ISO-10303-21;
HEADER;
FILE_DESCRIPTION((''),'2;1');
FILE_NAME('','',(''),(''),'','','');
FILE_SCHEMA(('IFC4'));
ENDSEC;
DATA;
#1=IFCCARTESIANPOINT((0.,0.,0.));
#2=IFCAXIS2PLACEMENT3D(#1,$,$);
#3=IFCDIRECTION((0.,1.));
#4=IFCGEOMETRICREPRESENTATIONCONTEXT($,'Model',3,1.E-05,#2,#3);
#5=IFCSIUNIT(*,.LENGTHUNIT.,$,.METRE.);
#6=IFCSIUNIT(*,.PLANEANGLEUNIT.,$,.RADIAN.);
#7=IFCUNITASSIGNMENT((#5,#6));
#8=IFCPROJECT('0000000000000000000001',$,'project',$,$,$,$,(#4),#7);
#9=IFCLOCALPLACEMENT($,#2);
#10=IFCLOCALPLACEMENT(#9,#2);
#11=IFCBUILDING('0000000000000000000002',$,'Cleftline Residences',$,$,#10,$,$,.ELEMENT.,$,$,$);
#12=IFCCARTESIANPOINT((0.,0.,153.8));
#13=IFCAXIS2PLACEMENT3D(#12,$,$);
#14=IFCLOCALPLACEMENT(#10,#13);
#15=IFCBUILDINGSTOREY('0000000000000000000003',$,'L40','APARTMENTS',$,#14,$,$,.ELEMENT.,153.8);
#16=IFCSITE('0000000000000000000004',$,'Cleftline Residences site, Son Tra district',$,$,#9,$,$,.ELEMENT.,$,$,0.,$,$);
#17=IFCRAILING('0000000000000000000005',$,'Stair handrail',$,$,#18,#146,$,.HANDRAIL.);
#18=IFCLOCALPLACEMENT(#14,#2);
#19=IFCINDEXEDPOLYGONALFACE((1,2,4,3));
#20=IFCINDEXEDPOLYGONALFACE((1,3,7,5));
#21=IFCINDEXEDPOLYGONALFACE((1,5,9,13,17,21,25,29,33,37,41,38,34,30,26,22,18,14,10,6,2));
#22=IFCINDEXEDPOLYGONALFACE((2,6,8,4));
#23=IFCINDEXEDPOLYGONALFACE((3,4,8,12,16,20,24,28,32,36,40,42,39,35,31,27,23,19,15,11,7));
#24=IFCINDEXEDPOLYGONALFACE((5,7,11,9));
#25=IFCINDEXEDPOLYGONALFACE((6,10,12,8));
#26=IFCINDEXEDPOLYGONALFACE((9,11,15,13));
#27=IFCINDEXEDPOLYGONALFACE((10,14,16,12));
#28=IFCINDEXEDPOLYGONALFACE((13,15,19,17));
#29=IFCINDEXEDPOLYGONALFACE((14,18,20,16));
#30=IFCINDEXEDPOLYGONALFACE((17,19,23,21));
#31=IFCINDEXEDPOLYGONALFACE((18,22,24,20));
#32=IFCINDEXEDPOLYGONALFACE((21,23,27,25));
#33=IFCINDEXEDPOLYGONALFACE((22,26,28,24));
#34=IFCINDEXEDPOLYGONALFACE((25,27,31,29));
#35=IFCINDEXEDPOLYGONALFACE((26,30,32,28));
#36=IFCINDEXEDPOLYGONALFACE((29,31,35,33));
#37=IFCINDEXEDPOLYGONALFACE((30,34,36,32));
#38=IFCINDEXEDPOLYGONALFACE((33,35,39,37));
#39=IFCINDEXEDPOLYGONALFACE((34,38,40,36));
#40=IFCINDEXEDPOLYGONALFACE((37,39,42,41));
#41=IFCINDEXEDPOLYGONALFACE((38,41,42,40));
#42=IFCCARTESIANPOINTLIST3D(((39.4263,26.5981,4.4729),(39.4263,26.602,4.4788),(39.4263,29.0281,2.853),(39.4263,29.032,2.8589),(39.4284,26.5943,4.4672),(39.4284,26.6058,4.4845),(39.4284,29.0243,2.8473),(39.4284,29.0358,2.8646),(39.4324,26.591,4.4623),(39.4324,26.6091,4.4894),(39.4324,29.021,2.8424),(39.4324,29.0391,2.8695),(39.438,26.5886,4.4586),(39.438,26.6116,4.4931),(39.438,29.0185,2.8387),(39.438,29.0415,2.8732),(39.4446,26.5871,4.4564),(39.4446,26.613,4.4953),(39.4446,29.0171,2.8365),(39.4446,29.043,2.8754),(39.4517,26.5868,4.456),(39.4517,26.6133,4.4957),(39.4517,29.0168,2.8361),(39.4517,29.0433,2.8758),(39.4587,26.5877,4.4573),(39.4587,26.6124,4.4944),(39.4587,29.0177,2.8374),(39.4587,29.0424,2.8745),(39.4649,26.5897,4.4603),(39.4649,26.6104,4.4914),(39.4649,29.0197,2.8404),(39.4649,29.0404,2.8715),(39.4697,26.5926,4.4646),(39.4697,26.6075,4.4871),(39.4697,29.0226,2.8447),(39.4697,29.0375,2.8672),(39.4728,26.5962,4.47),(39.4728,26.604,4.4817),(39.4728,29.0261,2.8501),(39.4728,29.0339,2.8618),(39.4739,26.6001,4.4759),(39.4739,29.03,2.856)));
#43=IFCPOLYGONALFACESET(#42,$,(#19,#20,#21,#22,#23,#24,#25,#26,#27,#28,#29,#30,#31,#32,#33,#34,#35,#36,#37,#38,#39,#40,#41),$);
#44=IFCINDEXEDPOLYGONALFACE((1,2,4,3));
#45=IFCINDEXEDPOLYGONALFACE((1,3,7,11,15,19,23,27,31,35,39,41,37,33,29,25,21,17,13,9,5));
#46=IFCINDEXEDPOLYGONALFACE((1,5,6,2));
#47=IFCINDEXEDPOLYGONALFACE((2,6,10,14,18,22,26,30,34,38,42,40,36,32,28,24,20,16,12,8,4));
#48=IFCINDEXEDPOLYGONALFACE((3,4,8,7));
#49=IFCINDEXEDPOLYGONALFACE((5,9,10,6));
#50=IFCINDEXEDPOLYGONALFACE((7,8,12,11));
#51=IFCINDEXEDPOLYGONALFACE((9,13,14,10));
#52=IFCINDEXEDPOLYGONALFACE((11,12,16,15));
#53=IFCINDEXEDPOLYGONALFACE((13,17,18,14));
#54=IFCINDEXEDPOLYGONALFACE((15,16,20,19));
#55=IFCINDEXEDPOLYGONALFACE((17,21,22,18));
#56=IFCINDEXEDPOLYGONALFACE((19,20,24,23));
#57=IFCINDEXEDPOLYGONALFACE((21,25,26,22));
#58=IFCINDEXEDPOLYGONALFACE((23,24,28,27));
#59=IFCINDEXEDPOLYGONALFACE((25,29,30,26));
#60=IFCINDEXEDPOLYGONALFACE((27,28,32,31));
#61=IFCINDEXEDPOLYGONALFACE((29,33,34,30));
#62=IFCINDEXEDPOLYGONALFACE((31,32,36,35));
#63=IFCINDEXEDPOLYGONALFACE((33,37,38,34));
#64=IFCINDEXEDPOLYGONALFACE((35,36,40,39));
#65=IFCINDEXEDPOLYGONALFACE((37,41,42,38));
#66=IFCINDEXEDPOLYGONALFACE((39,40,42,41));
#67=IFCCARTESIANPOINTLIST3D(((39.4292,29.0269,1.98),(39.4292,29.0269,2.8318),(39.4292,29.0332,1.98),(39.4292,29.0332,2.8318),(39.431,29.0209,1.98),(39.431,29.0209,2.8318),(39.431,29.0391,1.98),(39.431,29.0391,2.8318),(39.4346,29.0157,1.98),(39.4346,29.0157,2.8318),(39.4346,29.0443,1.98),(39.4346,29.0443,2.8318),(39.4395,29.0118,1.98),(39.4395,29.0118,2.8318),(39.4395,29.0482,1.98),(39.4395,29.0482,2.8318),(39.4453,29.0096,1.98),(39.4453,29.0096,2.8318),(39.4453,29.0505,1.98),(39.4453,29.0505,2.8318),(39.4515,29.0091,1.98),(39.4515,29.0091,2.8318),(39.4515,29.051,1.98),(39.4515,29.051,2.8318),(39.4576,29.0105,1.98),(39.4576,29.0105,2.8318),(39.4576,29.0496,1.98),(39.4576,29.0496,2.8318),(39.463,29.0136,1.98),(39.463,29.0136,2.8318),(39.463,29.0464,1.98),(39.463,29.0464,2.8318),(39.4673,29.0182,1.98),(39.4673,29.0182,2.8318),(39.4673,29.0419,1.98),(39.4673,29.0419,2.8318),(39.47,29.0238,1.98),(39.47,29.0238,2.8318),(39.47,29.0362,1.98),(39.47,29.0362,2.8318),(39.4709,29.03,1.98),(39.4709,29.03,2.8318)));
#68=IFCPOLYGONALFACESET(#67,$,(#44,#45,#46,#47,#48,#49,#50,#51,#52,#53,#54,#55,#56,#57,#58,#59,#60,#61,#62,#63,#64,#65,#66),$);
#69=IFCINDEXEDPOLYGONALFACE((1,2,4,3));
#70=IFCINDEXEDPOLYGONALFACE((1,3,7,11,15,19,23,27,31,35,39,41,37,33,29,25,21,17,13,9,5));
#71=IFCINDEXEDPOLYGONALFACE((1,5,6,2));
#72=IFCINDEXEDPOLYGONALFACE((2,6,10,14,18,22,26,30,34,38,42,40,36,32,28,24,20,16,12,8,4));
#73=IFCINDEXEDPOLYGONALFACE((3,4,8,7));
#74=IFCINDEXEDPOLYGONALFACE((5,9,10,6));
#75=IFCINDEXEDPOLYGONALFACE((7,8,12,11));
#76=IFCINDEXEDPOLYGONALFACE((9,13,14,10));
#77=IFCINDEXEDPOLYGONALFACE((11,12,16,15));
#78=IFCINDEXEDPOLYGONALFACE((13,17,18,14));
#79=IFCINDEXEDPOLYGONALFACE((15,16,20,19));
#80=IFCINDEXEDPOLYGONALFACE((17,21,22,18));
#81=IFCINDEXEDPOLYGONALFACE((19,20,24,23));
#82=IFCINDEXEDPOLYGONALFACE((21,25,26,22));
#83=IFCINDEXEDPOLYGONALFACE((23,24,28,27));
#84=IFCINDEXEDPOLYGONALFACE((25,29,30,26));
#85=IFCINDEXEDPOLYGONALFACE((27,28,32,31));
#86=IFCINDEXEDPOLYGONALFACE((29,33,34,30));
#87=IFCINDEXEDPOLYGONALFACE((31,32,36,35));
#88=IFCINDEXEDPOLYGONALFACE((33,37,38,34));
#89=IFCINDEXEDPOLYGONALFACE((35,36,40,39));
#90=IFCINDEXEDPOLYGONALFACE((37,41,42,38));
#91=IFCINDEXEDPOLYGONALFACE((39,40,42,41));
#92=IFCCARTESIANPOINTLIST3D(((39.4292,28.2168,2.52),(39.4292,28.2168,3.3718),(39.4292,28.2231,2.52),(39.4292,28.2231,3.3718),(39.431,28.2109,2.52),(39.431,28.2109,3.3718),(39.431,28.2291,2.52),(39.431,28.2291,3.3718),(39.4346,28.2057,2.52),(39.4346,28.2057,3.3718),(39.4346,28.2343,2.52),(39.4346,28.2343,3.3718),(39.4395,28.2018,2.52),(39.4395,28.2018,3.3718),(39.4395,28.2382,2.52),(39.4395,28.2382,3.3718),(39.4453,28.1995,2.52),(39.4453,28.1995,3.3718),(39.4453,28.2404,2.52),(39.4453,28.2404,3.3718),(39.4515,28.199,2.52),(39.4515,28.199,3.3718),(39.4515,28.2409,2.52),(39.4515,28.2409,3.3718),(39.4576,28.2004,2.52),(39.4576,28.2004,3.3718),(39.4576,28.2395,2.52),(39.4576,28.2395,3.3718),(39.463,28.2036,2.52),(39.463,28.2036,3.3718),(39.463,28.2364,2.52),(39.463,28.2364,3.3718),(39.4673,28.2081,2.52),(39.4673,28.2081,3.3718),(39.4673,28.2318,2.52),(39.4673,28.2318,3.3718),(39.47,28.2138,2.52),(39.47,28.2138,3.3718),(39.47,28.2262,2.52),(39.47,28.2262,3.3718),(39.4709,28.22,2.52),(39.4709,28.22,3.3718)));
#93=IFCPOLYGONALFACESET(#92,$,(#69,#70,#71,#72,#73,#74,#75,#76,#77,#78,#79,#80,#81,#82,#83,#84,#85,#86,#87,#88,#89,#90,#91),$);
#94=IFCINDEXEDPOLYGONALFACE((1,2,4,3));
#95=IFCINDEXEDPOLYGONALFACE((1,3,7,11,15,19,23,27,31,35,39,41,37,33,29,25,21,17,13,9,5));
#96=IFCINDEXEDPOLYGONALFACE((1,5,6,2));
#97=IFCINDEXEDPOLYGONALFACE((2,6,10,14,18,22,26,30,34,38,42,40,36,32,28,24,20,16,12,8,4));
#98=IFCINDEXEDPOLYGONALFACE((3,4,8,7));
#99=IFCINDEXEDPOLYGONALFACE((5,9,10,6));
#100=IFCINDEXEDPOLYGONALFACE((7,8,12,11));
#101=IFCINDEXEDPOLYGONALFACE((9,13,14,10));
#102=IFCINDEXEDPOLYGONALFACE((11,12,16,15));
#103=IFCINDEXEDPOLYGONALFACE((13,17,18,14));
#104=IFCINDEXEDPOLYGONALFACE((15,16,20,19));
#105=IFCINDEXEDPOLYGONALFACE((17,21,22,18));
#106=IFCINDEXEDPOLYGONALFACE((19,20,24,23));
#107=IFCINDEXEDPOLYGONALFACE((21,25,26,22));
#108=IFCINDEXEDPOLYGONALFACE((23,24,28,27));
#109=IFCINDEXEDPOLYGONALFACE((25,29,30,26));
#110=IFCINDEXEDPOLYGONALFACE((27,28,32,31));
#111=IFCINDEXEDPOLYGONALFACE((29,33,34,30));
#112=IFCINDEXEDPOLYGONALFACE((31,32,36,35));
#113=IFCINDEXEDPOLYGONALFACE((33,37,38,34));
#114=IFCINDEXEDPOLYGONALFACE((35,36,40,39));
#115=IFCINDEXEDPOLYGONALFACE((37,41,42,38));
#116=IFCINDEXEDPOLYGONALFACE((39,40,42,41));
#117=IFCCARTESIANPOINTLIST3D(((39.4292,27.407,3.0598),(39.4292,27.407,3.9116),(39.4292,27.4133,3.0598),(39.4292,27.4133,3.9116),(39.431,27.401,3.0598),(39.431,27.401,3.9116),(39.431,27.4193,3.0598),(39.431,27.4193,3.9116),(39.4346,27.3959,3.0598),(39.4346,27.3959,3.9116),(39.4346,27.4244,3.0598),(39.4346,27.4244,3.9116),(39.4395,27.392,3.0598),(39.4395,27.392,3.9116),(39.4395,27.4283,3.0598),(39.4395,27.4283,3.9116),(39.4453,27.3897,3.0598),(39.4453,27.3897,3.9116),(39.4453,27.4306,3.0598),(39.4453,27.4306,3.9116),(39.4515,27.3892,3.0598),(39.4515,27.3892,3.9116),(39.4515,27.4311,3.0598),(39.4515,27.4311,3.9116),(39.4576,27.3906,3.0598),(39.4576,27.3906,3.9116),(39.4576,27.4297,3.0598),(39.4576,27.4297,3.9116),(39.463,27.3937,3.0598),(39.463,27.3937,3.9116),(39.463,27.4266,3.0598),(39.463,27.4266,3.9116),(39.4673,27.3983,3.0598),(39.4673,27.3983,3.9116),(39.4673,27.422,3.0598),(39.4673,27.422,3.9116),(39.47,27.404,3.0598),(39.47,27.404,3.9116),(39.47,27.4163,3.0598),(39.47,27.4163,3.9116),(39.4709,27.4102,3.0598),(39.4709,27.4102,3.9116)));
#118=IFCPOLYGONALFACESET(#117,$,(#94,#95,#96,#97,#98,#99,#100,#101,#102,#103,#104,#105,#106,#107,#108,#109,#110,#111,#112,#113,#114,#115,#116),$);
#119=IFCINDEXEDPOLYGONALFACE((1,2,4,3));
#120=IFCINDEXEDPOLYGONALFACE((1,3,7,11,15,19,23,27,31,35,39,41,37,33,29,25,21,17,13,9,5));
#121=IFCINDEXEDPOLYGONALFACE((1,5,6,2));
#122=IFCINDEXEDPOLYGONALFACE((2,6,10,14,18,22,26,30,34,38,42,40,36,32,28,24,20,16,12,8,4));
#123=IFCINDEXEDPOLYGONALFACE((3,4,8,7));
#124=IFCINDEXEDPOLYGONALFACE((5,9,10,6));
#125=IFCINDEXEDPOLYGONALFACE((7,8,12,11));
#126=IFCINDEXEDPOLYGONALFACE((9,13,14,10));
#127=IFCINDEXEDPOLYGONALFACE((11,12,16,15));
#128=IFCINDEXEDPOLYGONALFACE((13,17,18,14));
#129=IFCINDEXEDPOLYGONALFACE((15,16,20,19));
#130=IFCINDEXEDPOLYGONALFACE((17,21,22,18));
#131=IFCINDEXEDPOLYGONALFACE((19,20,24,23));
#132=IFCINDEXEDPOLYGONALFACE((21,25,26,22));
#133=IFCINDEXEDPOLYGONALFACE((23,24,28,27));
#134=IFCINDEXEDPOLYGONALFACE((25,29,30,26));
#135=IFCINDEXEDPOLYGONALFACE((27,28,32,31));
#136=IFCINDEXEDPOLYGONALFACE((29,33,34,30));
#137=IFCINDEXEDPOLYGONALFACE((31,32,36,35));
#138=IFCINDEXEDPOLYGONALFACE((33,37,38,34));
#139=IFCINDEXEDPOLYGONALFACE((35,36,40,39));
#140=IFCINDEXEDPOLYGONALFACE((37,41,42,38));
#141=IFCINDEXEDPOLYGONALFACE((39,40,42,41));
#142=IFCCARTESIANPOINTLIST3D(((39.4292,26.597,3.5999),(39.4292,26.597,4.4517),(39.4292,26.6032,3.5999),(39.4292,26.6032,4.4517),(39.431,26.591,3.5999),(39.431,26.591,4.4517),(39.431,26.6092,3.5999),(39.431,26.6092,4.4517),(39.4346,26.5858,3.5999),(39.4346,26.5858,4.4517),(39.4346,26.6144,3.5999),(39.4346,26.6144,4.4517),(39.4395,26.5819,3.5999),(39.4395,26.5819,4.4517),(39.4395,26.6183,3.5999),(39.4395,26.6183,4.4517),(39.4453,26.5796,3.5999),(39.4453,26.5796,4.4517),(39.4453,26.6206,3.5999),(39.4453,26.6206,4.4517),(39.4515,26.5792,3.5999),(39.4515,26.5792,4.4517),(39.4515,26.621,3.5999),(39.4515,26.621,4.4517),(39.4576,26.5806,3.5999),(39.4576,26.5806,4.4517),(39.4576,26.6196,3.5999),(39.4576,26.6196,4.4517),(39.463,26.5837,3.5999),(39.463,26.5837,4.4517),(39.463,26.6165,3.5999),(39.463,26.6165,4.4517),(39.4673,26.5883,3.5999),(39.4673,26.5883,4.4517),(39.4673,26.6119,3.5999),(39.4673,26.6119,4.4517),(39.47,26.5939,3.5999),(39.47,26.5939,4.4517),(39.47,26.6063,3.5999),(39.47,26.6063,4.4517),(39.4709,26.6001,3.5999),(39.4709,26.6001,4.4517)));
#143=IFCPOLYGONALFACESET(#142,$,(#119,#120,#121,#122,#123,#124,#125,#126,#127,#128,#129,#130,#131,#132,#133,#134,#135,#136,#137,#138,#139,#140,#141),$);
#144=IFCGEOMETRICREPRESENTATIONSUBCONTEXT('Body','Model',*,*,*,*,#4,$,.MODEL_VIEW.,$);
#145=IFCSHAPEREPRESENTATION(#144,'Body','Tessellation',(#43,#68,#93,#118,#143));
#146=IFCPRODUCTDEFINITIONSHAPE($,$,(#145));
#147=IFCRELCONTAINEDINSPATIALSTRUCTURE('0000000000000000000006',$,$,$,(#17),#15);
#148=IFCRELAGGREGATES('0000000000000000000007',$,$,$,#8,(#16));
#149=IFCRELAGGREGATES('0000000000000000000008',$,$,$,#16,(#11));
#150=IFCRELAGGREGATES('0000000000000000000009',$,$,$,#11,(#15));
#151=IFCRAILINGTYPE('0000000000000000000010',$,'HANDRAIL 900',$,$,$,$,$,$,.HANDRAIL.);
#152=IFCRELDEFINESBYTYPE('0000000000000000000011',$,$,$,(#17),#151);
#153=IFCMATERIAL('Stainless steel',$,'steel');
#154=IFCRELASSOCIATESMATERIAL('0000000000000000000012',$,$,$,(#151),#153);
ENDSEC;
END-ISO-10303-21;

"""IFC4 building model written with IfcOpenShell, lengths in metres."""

from ifc_helpers import new_model, si_unit, direction, frame, origin, origin_2d, place, context, subcontext, project, spatial, circle, extrude, material, type_object, element, save


model = new_model("IFC4")

# Units and contexts
model_context = context("Model", 3, precision=1e-05, world=origin(), true_north=direction((0.0, 1.0)))
body_context = subcontext(model_context, "Body", "Model", "MODEL_VIEW")
ifc_project = project(units=[si_unit("LENGTHUNIT", "METRE"), si_unit("PLANEANGLEUNIT", "RADIAN")], contexts=[model_context])

# Site, building, storey
site_placement = place(None, origin())
site = spatial("IfcSite", under=ifc_project, at=site_placement, Name="Cleftline Residences site, Son Tra district", CompositionType="ELEMENT", RefElevation=0.0)
building_placement = place(site_placement, origin())
building = spatial("IfcBuilding", under=site, at=building_placement, Name="Cleftline Residences", CompositionType="ELEMENT")
storey_placement = place(building_placement, frame((0.0, 0.0, 153.8)))
storey = spatial("IfcBuildingStorey", under=building, at=storey_placement, Name="L40", Description="APARTMENTS", CompositionType="ELEMENT", Elevation=153.8)

# Railing
ifc_material_1 = material(Name="Stainless steel", Category="steel")
railing_type = type_object("IfcRailingType", Name="HANDRAIL 900", PredefinedType="HANDRAIL", material=ifc_material_1)
railing_1_placement = place(storey_placement, frame((39.45, 29.03, 1.98)))
element("IfcRailing", 1, at=railing_1_placement, inside=storey, type_object=railing_type, Name="Stair handrail", PredefinedType="HANDRAIL", context=body_context, shape_type="SweptSolid", body=[
    extrude(circle(Radius=0.0239, at=origin_2d()), frame((0.0, 0.0, 0.876), z_axis=(0.0, -0.832063, 0.554681), x_axis=(1.0, 0.0, 0.0)), (0.0, 0.0, 1.0), 2.9204),
    extrude(circle(Radius=0.021, at=origin_2d()), origin(), (0.0, 0.0, 1.0), 0.8518),
    extrude(circle(Radius=0.021, at=origin_2d()), frame((0.0, -0.8101, 0.54)), (0.0, 0.0, 1.0), 0.8518),
    extrude(circle(Radius=0.021, at=origin_2d()), frame((0.0, -1.6199, 1.0798)), (0.0, 0.0, 1.0), 0.8518),
    extrude(circle(Radius=0.021, at=origin_2d()), frame((0.0, -2.4299, 1.6199)), (0.0, 0.0, 1.0), 0.8518),
])

save(model, "model.ifc")
